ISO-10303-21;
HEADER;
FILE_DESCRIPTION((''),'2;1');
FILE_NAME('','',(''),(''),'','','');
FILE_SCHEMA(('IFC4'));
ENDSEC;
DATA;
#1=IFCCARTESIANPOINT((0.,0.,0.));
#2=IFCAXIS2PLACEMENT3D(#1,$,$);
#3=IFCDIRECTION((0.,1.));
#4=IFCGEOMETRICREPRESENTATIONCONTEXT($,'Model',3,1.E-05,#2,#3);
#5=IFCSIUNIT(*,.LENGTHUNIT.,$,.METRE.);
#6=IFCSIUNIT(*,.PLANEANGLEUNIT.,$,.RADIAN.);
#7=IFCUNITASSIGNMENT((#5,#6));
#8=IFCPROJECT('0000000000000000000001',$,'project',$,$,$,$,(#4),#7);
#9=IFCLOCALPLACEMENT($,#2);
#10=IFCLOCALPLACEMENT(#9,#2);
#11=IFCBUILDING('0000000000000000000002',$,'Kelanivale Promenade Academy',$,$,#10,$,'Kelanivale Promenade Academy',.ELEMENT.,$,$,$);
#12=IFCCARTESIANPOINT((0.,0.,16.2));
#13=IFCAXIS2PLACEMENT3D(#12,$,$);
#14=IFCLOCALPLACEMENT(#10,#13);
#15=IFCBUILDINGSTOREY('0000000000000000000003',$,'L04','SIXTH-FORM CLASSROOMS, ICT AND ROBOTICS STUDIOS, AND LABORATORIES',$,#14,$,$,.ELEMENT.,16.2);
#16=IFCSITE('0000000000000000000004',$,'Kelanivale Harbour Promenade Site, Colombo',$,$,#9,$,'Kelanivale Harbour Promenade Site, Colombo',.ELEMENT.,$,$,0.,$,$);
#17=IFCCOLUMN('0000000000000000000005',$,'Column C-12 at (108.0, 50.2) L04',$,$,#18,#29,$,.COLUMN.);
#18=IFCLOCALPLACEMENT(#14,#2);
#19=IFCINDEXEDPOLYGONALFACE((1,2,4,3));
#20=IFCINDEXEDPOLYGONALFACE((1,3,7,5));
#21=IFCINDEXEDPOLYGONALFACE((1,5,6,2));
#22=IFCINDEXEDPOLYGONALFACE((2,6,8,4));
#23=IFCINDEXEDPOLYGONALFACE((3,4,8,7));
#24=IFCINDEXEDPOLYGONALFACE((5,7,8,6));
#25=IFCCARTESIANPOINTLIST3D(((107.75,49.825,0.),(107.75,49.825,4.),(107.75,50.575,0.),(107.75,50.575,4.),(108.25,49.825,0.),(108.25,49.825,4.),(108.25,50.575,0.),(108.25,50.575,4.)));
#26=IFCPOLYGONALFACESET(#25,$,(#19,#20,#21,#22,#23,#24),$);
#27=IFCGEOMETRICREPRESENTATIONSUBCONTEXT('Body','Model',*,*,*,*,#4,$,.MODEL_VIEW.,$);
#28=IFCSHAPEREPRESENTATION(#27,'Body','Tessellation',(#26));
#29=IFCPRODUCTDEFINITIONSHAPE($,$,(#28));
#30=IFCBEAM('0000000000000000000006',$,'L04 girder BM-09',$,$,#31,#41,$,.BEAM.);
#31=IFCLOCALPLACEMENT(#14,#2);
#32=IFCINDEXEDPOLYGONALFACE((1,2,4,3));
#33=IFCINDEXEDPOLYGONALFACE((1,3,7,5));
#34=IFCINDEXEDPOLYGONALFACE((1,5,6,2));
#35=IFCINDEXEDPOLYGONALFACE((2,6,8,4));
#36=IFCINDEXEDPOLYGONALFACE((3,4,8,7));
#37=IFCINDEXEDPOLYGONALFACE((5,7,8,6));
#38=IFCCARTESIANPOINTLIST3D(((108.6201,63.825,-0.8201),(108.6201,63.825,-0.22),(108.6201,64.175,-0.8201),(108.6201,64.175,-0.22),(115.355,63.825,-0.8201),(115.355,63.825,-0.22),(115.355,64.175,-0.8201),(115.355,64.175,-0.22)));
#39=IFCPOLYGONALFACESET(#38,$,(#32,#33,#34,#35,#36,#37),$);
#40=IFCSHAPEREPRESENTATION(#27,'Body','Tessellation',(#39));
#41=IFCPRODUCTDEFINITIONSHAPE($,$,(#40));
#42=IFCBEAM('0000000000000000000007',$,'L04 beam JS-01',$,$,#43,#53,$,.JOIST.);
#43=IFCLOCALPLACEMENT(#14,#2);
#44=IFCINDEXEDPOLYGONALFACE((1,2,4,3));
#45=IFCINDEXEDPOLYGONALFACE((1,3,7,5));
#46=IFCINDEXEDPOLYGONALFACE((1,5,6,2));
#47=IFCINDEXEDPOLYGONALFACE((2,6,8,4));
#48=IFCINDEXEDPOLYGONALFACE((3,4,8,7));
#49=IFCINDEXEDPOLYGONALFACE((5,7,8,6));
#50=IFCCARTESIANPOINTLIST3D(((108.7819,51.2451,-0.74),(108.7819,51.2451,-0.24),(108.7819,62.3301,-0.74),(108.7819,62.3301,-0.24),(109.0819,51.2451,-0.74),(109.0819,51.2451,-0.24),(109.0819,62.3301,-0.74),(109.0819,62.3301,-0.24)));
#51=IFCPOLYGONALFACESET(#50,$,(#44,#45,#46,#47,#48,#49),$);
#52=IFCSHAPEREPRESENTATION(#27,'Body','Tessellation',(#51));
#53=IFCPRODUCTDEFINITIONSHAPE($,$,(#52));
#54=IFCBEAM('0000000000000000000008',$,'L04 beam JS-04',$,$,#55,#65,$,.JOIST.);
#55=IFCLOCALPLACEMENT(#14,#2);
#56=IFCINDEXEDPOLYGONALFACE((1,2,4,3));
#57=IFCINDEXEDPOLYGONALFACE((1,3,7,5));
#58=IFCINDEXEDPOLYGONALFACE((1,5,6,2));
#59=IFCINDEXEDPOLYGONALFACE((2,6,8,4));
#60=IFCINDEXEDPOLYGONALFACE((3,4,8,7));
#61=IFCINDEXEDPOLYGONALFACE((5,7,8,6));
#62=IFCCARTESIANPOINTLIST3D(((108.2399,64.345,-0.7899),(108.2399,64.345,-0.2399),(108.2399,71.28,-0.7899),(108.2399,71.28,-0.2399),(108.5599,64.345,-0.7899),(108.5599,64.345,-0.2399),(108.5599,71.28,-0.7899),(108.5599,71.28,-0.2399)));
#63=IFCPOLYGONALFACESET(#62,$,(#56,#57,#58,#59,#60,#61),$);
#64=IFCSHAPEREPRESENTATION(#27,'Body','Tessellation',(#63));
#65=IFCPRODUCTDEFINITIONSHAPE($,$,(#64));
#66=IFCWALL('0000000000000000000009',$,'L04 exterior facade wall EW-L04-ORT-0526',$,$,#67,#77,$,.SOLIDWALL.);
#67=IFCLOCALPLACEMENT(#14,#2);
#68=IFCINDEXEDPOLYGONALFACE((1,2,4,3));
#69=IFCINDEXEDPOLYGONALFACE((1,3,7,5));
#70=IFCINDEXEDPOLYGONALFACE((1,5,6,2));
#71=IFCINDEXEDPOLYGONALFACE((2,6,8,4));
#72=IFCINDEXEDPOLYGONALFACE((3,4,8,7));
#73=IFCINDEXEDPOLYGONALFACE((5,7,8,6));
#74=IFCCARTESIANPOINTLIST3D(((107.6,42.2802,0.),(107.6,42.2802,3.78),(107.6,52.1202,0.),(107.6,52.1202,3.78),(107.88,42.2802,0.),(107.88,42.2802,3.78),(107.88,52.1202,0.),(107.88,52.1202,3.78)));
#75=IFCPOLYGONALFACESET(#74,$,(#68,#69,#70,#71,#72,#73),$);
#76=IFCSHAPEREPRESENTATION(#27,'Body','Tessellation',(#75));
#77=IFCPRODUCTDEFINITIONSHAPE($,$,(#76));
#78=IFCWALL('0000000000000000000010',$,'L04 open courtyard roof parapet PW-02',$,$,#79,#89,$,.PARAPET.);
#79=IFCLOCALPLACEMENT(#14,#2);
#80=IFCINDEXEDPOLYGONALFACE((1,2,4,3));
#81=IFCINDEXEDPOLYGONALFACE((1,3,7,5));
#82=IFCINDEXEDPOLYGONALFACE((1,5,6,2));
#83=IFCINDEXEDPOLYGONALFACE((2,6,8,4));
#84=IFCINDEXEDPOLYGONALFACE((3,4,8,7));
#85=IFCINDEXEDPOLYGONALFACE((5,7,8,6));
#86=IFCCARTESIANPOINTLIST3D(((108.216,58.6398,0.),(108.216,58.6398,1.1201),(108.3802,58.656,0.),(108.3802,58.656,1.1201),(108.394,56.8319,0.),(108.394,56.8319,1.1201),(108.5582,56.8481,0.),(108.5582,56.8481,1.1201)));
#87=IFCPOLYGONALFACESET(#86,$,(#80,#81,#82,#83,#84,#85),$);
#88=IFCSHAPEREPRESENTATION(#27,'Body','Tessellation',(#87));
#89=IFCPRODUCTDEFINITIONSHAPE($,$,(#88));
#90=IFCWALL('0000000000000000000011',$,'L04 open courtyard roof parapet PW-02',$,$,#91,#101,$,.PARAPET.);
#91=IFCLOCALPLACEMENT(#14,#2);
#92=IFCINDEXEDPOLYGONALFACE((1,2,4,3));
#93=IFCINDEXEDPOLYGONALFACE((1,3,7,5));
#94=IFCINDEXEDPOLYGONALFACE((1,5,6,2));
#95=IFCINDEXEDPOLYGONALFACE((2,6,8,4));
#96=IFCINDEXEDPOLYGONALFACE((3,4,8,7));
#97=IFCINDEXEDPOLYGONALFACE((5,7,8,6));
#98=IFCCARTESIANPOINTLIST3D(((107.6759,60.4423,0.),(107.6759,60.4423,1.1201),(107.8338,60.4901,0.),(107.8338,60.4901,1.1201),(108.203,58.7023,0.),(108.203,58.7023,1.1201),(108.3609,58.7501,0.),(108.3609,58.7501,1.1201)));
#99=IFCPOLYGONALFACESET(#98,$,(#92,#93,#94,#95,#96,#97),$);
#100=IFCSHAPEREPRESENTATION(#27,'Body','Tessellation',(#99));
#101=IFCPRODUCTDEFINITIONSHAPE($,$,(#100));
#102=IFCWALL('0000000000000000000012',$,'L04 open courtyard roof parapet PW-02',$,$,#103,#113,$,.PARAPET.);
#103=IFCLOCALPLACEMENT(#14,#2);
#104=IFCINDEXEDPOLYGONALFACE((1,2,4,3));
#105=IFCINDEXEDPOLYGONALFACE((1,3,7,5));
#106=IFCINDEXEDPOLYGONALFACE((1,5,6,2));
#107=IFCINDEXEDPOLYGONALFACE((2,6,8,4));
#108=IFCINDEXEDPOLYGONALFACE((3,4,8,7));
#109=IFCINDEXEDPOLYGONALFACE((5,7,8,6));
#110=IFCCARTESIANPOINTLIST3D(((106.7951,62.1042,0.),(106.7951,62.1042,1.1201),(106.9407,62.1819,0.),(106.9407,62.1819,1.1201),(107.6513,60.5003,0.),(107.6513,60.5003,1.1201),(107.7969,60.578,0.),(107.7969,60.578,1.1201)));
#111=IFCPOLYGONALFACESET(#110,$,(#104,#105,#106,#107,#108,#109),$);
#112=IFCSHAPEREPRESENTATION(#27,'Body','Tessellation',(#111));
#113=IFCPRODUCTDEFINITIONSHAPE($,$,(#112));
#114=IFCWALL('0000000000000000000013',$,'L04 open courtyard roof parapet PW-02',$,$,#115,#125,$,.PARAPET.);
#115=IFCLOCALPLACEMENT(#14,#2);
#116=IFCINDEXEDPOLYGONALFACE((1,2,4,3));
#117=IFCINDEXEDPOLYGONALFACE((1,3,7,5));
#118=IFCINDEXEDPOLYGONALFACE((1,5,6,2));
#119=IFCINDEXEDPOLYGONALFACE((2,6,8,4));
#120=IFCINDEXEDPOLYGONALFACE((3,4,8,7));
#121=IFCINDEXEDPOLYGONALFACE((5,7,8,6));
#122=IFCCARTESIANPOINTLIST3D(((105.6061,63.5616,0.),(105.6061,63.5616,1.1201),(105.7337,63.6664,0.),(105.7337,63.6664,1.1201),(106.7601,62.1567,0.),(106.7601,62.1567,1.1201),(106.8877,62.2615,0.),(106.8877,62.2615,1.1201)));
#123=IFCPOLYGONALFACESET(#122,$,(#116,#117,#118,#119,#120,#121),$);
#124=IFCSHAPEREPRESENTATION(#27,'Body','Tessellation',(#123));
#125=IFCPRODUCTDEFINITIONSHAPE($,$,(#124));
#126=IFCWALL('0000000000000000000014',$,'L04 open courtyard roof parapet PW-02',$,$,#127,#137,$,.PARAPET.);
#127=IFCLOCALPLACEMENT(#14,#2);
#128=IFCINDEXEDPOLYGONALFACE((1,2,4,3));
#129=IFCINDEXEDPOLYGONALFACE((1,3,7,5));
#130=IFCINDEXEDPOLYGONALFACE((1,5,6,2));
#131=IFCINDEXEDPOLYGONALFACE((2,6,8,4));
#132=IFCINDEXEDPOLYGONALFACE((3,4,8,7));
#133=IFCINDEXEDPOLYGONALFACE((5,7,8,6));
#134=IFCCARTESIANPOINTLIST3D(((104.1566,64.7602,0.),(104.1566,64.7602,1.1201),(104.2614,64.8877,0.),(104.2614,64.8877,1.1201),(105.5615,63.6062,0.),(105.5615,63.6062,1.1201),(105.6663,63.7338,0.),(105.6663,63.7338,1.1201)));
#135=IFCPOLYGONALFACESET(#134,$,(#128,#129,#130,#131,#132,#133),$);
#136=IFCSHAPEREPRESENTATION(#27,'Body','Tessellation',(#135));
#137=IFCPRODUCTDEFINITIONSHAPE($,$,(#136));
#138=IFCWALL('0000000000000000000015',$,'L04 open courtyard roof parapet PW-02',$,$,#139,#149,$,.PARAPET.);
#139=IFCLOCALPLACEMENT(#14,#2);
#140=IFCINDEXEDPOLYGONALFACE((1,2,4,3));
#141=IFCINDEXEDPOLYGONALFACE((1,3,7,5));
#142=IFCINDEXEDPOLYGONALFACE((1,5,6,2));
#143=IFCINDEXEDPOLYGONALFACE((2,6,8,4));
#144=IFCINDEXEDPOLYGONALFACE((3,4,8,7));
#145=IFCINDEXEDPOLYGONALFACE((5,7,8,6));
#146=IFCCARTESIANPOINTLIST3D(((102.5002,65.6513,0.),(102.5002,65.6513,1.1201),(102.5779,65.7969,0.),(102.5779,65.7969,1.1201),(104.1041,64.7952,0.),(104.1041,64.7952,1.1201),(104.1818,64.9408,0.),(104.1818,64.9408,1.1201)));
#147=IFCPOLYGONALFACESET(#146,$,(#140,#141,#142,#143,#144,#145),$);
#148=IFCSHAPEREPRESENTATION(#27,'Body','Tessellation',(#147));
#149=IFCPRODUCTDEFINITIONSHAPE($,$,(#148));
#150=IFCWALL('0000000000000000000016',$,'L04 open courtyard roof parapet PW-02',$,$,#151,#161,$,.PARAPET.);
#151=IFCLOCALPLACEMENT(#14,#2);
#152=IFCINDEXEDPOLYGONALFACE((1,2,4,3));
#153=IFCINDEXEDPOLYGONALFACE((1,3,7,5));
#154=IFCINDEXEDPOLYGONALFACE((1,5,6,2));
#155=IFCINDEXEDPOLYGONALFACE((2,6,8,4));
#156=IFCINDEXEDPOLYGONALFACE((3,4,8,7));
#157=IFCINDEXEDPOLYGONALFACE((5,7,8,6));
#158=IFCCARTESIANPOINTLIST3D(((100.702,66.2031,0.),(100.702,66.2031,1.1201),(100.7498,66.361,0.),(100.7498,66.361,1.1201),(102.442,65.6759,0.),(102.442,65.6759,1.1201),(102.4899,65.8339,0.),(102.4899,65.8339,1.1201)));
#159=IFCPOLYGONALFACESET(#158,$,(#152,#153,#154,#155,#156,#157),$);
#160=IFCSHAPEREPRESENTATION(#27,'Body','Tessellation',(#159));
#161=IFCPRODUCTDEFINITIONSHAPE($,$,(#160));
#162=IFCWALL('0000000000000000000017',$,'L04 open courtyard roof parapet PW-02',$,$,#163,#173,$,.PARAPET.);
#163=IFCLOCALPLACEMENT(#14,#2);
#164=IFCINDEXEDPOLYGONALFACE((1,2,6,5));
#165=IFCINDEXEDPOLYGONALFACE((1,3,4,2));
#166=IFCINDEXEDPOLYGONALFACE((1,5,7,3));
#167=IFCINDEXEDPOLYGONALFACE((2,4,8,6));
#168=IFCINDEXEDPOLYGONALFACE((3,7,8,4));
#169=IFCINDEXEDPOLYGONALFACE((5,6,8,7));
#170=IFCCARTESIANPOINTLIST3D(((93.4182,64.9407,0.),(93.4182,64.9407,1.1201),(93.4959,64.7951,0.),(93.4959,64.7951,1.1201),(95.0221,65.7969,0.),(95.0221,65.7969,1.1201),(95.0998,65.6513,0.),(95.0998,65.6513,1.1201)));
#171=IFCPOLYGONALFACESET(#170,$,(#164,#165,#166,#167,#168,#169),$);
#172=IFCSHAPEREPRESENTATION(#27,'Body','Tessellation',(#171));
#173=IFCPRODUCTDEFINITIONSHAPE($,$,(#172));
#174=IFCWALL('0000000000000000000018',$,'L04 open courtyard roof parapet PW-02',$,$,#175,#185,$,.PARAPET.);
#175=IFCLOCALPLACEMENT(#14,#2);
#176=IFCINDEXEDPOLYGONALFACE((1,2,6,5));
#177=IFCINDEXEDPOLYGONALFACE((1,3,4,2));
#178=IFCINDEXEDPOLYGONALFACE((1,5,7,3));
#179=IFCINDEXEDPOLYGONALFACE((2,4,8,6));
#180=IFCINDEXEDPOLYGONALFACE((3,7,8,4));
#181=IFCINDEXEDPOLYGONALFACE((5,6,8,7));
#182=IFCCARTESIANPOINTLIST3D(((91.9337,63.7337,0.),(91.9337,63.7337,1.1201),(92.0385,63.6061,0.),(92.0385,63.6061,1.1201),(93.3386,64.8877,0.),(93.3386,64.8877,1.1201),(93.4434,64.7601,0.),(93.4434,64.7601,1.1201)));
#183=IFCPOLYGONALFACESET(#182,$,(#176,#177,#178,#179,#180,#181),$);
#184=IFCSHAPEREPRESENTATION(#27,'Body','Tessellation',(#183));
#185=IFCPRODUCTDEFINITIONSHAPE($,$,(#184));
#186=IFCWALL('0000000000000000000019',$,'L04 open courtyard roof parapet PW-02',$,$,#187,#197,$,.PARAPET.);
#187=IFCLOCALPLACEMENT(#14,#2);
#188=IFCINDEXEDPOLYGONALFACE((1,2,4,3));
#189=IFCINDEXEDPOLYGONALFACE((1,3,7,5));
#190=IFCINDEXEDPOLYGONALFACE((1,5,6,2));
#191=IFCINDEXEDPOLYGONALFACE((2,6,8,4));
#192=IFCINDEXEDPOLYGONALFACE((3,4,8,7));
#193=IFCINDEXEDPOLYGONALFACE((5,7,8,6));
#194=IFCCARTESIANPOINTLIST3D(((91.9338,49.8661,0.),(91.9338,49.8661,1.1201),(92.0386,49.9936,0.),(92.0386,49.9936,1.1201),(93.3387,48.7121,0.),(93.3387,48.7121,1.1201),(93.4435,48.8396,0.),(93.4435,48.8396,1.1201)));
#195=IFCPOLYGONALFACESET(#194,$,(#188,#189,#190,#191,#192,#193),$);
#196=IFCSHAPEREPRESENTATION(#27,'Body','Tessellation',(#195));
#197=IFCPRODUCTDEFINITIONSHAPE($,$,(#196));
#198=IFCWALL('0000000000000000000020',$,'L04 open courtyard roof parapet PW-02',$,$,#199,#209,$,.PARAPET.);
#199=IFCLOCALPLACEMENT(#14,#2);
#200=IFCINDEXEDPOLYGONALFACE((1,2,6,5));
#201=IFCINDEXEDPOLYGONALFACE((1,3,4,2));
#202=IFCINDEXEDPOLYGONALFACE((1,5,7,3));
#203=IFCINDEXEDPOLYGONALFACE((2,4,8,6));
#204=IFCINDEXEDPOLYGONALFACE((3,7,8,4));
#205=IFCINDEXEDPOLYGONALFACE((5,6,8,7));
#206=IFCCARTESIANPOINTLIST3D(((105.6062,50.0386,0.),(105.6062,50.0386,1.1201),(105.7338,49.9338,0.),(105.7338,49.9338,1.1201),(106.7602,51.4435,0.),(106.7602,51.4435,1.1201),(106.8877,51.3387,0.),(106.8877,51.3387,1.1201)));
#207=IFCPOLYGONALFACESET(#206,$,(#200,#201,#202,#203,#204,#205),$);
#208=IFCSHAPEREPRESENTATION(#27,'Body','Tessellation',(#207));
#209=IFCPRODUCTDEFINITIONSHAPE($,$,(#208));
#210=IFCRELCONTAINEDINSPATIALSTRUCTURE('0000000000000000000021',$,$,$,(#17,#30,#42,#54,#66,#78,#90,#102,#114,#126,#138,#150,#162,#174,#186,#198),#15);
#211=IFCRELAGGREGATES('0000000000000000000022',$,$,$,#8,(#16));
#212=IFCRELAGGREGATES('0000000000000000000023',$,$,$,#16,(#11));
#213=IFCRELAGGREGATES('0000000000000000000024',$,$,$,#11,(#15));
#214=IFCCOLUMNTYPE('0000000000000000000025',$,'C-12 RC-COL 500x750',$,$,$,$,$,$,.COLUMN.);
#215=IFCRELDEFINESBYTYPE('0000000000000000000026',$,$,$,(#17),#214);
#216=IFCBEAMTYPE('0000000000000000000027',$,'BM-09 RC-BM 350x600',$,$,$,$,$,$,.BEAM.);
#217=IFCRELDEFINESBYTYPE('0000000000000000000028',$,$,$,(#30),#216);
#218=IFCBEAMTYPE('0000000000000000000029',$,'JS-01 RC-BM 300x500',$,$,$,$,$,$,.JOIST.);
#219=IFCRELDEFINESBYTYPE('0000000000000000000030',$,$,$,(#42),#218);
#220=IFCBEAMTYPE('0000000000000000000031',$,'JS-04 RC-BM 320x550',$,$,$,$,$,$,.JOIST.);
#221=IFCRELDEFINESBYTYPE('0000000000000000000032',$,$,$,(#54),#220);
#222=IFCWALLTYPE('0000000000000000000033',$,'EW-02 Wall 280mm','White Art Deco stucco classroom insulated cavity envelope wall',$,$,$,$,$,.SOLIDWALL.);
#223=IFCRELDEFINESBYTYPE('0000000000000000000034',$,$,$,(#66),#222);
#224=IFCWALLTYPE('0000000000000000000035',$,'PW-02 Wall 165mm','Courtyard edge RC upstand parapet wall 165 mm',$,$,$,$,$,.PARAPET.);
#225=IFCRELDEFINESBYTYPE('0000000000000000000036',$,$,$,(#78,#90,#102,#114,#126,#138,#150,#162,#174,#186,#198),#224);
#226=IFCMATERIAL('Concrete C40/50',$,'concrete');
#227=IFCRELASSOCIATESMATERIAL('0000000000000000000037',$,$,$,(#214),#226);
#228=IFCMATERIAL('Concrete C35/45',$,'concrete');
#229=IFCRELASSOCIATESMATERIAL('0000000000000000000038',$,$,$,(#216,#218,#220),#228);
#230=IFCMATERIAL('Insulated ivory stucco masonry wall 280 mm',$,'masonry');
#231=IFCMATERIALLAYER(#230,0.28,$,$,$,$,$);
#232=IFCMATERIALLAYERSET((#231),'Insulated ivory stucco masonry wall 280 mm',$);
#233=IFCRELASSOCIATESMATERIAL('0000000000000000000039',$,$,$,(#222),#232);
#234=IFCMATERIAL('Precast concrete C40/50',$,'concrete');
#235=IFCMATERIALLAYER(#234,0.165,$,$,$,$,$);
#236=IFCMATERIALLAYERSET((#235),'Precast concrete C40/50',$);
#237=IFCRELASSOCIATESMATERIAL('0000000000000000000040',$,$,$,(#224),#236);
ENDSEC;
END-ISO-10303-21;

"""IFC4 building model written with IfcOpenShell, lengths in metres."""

from ifc_helpers import new_model, si_unit, direction, frame, frame_2d, origin, origin_2d, place, context, subcontext, project, spatial, rectangle, extrude, material, layer, layer_set, material_profile, profile_set, type_object, element, save


model = new_model("IFC4")

# Units and contexts
model_context = context("Model", 3, precision=1e-05, world=origin(), true_north=direction((0.0, 1.0)))
body_context = subcontext(model_context, "Body", "Model", "MODEL_VIEW")
ifc_project = project(units=[si_unit("LENGTHUNIT", "METRE"), si_unit("PLANEANGLEUNIT", "RADIAN")], contexts=[model_context])

# Site, building, storey
site_placement = place(None, origin())
site = spatial("IfcSite", under=ifc_project, at=site_placement, Name="Kelanivale Harbour Promenade Site, Colombo", LongName="Kelanivale Harbour Promenade Site, Colombo", CompositionType="ELEMENT", RefElevation=0.0)
building_placement = place(site_placement, origin())
building = spatial("IfcBuilding", under=site, at=building_placement, Name="Kelanivale Promenade Academy", LongName="Kelanivale Promenade Academy", CompositionType="ELEMENT")
storey_placement = place(building_placement, frame((0.0, 0.0, 16.2)))
storey = spatial("IfcBuildingStorey", under=building, at=storey_placement, Name="L04", Description="SIXTH-FORM CLASSROOMS, ICT AND ROBOTICS STUDIOS, AND LABORATORIES", CompositionType="ELEMENT", Elevation=16.2)

# Column
ifc_material_1 = material(Name="Concrete C40/50", Category="concrete")
ifc_material_profile_1 = material_profile(ifc_material_1, rectangle(XDim=0.5, YDim=0.75, at=origin_2d()), Name="RC-COL 500x750")
ifc_profile_set_1 = profile_set([ifc_material_profile_1], Name="Concrete C40/50")
column_type = type_object("IfcColumnType", Name="C-12 RC-COL 500x750", PredefinedType="COLUMN", material=ifc_profile_set_1)
column_placement = place(storey_placement, frame((108.0, 50.2, 0.0), z_axis=(0.0, 0.0, 1.0), x_axis=(1.0, 0.0, 0.0)))
element("IfcColumn", 1, at=column_placement, inside=storey, type_object=column_type, Name="Column C-12 at (108.0, 50.2) L04", PredefinedType="COLUMN", context=body_context, shape_type="SweptSolid", body=[
    extrude(rectangle(XDim=0.5, YDim=0.75, at=origin_2d()), origin(), (0.0, 0.0, 1.0), 4.0),
])

# Beams
ifc_material_2 = material(Name="Concrete C35/45", Category="concrete")
ifc_material_profile_2 = material_profile(ifc_material_2, rectangle(XDim=0.3501, YDim=0.6001, at=origin_2d()), Name="RC-BM 350x600")
ifc_profile_set_2 = profile_set([ifc_material_profile_2], Name="Concrete C35/45")
beam_type_1 = type_object("IfcBeamType", Name="BM-09 RC-BM 350x600", PredefinedType="BEAM", material=ifc_profile_set_2)
beam_1_placement = place(storey_placement, frame((108.6201, 64.0, -0.52), z_axis=(1.0, 0.0, 0.0), x_axis=(0.0, 1.0, 0.0)))
element("IfcBeam", 2, at=beam_1_placement, inside=storey, type_object=beam_type_1, Name="L04 girder BM-09", PredefinedType="BEAM", context=body_context, shape_type="SweptSolid", body=[
    extrude(rectangle(XDim=0.3501, YDim=0.6001, at=origin_2d()), origin(), (0.0, 0.0, 1.0), 6.7349),
])
ifc_material_profile_3 = material_profile(ifc_material_2, rectangle(XDim=0.3, YDim=0.5, at=origin_2d()), Name="RC-BM 300x500")
ifc_profile_set_3 = profile_set([ifc_material_profile_3], Name="Concrete C35/45")
beam_type_2 = type_object("IfcBeamType", Name="JS-01 RC-BM 300x500", PredefinedType="JOIST", material=ifc_profile_set_3)
beam_2_placement = place(storey_placement, frame((108.9319, 51.2451, -0.49), z_axis=(0.0, 1.0, 0.0), x_axis=(-1.0, 0.0, 0.0)))
element("IfcBeam", 3, at=beam_2_placement, inside=storey, type_object=beam_type_2, Name="L04 beam JS-01", PredefinedType="JOIST", context=body_context, shape_type="SweptSolid", body=[
    extrude(rectangle(XDim=0.3, YDim=0.5, at=origin_2d()), origin(), (0.0, 0.0, 1.0), 11.085),
])
ifc_material_profile_4 = material_profile(ifc_material_2, rectangle(XDim=0.3201, YDim=0.55, at=origin_2d()), Name="RC-BM 320x550")
ifc_profile_set_4 = profile_set([ifc_material_profile_4], Name="Concrete C35/45")
beam_type_3 = type_object("IfcBeamType", Name="JS-04 RC-BM 320x550", PredefinedType="JOIST", material=ifc_profile_set_4)
beam_3_placement = place(storey_placement, frame((108.3999, 64.345, -0.5149), z_axis=(0.0, 1.0, 0.0), x_axis=(-1.0, 0.0, 0.0)))
element("IfcBeam", 4, at=beam_3_placement, inside=storey, type_object=beam_type_3, Name="L04 beam JS-04", PredefinedType="JOIST", context=body_context, shape_type="SweptSolid", body=[
    extrude(rectangle(XDim=0.3201, YDim=0.55, at=origin_2d()), origin(), (0.0, 0.0, 1.0), 6.9351),
])

# Walls
ifc_material_3 = material(Name="Insulated ivory stucco masonry wall 280 mm", Category="masonry")
ifc_layer_1 = layer(ifc_material_3, 0.28)
ifc_layer_set_1 = layer_set([ifc_layer_1], Name="Insulated ivory stucco masonry wall 280 mm")
wall_type_1 = type_object("IfcWallType", Name="EW-02 Wall 280mm", Description="White Art Deco stucco classroom insulated cavity envelope wall", PredefinedType="SOLIDWALL", material=ifc_layer_set_1)
wall_1_placement = place(storey_placement, frame((107.74, 52.1201, 0.0), z_axis=(0.0, 0.0, 1.0), x_axis=(0.0, -1.0, 0.0)))
element("IfcWall", 5, at=wall_1_placement, inside=storey, type_object=wall_type_1, Name="L04 exterior facade wall EW-L04-ORT-0526", PredefinedType="SOLIDWALL", context=body_context, shape_type="SweptSolid", body=[
    extrude(rectangle(XDim=9.8401, YDim=0.28, at=frame_2d((4.9199, 0.0))), origin(), (0.0, 0.0, 1.0), 3.78),
])
ifc_material_4 = material(Name="Precast concrete C40/50", Category="concrete")
ifc_layer_2 = layer(ifc_material_4, 0.165)
ifc_layer_set_2 = layer_set([ifc_layer_2], Name="Precast concrete C40/50")
wall_type_2 = type_object("IfcWallType", Name="PW-02 Wall 165mm", Description="Courtyard edge RC upstand parapet wall 165 mm", PredefinedType="PARAPET", material=ifc_layer_set_2)
wall_2_placement = place(storey_placement, frame((108.4761, 56.8401, 0.0), z_axis=(0.0, 0.0, 1.0), x_axis=(-0.097973, 0.995189, 0.0)))
element("IfcWall", 6, at=wall_2_placement, inside=storey, type_object=wall_type_2, Name="L04 open courtyard roof parapet PW-02", PredefinedType="PARAPET", context=body_context, shape_type="SweptSolid", body=[
    extrude(rectangle(XDim=1.8167, YDim=0.165, at=frame_2d((0.9082, 0.0))), origin(), (0.0, 0.0, 1.0), 1.1201),
])
for number, where, z_axis, x_axis, name in (
    (7, (108.282, 58.7261, 0.0), (0.0, 0.0, 1.0), (-0.289922, 0.95705, 0.0), "L04 open courtyard roof parapet PW-02"),
    (8, (107.7241, 60.5391, 0.0), (0.0, 0.0, 1.0), (-0.470902, 0.882186, 0.0), "L04 open courtyard roof parapet PW-02"),
    (9, (106.824, 62.209, 0.0), (0.0, 0.0, 1.0), (-0.634714, 0.772747, 0.0), "L04 open courtyard roof parapet PW-02"),
    (10, (105.614, 63.6699, 0.0), (0.0, 0.0, 1.0), (-0.772747, 0.634714, 0.0), "L04 open courtyard roof parapet PW-02"),
    (11, (104.1431, 64.8679, 0.0), (0.0, 0.0, 1.0), (-0.882186, 0.470902, 0.0), "L04 open courtyard roof parapet PW-02"),
    (12, (102.4661, 65.7549, 0.0), (0.0, 0.0, 1.0), (-0.95705, 0.289922, 0.0), "L04 open courtyard roof parapet PW-02"),
    (13, (95.061, 65.7241, 0.0), (0.0, 0.0, 1.0), (-0.882186, -0.470902, 0.0), "L04 open courtyard roof parapet PW-02"),
    (14, (93.3911, 64.824, 0.0), (0.0, 0.0, 1.0), (-0.772747, -0.634714, 0.0), "L04 open courtyard roof parapet PW-02"),
    (15, (91.9861, 49.9299, 0.0), (0.0, 0.0, 1.0), (0.772747, -0.634714, 0.0), "L04 open courtyard roof parapet PW-02"),
    (16, (105.6699, 49.9861, 0.0), (0.0, 0.0, 1.0), (0.634714, 0.772747, 0.0), "L04 open courtyard roof parapet PW-02"),
):
    element("IfcWall", number, at=place(storey_placement, frame(where, z_axis=z_axis, x_axis=x_axis)), inside=storey, type_object=wall_type_2, Name=name, PredefinedType="PARAPET", context=body_context, shape_type="SweptSolid", body=[
        extrude(rectangle(XDim=1.8181, YDim=0.165, at=frame_2d((0.9092, 0.0))), origin(), (0.0, 0.0, 1.0), 1.1201),
    ])

save(model, "model.ifc")
